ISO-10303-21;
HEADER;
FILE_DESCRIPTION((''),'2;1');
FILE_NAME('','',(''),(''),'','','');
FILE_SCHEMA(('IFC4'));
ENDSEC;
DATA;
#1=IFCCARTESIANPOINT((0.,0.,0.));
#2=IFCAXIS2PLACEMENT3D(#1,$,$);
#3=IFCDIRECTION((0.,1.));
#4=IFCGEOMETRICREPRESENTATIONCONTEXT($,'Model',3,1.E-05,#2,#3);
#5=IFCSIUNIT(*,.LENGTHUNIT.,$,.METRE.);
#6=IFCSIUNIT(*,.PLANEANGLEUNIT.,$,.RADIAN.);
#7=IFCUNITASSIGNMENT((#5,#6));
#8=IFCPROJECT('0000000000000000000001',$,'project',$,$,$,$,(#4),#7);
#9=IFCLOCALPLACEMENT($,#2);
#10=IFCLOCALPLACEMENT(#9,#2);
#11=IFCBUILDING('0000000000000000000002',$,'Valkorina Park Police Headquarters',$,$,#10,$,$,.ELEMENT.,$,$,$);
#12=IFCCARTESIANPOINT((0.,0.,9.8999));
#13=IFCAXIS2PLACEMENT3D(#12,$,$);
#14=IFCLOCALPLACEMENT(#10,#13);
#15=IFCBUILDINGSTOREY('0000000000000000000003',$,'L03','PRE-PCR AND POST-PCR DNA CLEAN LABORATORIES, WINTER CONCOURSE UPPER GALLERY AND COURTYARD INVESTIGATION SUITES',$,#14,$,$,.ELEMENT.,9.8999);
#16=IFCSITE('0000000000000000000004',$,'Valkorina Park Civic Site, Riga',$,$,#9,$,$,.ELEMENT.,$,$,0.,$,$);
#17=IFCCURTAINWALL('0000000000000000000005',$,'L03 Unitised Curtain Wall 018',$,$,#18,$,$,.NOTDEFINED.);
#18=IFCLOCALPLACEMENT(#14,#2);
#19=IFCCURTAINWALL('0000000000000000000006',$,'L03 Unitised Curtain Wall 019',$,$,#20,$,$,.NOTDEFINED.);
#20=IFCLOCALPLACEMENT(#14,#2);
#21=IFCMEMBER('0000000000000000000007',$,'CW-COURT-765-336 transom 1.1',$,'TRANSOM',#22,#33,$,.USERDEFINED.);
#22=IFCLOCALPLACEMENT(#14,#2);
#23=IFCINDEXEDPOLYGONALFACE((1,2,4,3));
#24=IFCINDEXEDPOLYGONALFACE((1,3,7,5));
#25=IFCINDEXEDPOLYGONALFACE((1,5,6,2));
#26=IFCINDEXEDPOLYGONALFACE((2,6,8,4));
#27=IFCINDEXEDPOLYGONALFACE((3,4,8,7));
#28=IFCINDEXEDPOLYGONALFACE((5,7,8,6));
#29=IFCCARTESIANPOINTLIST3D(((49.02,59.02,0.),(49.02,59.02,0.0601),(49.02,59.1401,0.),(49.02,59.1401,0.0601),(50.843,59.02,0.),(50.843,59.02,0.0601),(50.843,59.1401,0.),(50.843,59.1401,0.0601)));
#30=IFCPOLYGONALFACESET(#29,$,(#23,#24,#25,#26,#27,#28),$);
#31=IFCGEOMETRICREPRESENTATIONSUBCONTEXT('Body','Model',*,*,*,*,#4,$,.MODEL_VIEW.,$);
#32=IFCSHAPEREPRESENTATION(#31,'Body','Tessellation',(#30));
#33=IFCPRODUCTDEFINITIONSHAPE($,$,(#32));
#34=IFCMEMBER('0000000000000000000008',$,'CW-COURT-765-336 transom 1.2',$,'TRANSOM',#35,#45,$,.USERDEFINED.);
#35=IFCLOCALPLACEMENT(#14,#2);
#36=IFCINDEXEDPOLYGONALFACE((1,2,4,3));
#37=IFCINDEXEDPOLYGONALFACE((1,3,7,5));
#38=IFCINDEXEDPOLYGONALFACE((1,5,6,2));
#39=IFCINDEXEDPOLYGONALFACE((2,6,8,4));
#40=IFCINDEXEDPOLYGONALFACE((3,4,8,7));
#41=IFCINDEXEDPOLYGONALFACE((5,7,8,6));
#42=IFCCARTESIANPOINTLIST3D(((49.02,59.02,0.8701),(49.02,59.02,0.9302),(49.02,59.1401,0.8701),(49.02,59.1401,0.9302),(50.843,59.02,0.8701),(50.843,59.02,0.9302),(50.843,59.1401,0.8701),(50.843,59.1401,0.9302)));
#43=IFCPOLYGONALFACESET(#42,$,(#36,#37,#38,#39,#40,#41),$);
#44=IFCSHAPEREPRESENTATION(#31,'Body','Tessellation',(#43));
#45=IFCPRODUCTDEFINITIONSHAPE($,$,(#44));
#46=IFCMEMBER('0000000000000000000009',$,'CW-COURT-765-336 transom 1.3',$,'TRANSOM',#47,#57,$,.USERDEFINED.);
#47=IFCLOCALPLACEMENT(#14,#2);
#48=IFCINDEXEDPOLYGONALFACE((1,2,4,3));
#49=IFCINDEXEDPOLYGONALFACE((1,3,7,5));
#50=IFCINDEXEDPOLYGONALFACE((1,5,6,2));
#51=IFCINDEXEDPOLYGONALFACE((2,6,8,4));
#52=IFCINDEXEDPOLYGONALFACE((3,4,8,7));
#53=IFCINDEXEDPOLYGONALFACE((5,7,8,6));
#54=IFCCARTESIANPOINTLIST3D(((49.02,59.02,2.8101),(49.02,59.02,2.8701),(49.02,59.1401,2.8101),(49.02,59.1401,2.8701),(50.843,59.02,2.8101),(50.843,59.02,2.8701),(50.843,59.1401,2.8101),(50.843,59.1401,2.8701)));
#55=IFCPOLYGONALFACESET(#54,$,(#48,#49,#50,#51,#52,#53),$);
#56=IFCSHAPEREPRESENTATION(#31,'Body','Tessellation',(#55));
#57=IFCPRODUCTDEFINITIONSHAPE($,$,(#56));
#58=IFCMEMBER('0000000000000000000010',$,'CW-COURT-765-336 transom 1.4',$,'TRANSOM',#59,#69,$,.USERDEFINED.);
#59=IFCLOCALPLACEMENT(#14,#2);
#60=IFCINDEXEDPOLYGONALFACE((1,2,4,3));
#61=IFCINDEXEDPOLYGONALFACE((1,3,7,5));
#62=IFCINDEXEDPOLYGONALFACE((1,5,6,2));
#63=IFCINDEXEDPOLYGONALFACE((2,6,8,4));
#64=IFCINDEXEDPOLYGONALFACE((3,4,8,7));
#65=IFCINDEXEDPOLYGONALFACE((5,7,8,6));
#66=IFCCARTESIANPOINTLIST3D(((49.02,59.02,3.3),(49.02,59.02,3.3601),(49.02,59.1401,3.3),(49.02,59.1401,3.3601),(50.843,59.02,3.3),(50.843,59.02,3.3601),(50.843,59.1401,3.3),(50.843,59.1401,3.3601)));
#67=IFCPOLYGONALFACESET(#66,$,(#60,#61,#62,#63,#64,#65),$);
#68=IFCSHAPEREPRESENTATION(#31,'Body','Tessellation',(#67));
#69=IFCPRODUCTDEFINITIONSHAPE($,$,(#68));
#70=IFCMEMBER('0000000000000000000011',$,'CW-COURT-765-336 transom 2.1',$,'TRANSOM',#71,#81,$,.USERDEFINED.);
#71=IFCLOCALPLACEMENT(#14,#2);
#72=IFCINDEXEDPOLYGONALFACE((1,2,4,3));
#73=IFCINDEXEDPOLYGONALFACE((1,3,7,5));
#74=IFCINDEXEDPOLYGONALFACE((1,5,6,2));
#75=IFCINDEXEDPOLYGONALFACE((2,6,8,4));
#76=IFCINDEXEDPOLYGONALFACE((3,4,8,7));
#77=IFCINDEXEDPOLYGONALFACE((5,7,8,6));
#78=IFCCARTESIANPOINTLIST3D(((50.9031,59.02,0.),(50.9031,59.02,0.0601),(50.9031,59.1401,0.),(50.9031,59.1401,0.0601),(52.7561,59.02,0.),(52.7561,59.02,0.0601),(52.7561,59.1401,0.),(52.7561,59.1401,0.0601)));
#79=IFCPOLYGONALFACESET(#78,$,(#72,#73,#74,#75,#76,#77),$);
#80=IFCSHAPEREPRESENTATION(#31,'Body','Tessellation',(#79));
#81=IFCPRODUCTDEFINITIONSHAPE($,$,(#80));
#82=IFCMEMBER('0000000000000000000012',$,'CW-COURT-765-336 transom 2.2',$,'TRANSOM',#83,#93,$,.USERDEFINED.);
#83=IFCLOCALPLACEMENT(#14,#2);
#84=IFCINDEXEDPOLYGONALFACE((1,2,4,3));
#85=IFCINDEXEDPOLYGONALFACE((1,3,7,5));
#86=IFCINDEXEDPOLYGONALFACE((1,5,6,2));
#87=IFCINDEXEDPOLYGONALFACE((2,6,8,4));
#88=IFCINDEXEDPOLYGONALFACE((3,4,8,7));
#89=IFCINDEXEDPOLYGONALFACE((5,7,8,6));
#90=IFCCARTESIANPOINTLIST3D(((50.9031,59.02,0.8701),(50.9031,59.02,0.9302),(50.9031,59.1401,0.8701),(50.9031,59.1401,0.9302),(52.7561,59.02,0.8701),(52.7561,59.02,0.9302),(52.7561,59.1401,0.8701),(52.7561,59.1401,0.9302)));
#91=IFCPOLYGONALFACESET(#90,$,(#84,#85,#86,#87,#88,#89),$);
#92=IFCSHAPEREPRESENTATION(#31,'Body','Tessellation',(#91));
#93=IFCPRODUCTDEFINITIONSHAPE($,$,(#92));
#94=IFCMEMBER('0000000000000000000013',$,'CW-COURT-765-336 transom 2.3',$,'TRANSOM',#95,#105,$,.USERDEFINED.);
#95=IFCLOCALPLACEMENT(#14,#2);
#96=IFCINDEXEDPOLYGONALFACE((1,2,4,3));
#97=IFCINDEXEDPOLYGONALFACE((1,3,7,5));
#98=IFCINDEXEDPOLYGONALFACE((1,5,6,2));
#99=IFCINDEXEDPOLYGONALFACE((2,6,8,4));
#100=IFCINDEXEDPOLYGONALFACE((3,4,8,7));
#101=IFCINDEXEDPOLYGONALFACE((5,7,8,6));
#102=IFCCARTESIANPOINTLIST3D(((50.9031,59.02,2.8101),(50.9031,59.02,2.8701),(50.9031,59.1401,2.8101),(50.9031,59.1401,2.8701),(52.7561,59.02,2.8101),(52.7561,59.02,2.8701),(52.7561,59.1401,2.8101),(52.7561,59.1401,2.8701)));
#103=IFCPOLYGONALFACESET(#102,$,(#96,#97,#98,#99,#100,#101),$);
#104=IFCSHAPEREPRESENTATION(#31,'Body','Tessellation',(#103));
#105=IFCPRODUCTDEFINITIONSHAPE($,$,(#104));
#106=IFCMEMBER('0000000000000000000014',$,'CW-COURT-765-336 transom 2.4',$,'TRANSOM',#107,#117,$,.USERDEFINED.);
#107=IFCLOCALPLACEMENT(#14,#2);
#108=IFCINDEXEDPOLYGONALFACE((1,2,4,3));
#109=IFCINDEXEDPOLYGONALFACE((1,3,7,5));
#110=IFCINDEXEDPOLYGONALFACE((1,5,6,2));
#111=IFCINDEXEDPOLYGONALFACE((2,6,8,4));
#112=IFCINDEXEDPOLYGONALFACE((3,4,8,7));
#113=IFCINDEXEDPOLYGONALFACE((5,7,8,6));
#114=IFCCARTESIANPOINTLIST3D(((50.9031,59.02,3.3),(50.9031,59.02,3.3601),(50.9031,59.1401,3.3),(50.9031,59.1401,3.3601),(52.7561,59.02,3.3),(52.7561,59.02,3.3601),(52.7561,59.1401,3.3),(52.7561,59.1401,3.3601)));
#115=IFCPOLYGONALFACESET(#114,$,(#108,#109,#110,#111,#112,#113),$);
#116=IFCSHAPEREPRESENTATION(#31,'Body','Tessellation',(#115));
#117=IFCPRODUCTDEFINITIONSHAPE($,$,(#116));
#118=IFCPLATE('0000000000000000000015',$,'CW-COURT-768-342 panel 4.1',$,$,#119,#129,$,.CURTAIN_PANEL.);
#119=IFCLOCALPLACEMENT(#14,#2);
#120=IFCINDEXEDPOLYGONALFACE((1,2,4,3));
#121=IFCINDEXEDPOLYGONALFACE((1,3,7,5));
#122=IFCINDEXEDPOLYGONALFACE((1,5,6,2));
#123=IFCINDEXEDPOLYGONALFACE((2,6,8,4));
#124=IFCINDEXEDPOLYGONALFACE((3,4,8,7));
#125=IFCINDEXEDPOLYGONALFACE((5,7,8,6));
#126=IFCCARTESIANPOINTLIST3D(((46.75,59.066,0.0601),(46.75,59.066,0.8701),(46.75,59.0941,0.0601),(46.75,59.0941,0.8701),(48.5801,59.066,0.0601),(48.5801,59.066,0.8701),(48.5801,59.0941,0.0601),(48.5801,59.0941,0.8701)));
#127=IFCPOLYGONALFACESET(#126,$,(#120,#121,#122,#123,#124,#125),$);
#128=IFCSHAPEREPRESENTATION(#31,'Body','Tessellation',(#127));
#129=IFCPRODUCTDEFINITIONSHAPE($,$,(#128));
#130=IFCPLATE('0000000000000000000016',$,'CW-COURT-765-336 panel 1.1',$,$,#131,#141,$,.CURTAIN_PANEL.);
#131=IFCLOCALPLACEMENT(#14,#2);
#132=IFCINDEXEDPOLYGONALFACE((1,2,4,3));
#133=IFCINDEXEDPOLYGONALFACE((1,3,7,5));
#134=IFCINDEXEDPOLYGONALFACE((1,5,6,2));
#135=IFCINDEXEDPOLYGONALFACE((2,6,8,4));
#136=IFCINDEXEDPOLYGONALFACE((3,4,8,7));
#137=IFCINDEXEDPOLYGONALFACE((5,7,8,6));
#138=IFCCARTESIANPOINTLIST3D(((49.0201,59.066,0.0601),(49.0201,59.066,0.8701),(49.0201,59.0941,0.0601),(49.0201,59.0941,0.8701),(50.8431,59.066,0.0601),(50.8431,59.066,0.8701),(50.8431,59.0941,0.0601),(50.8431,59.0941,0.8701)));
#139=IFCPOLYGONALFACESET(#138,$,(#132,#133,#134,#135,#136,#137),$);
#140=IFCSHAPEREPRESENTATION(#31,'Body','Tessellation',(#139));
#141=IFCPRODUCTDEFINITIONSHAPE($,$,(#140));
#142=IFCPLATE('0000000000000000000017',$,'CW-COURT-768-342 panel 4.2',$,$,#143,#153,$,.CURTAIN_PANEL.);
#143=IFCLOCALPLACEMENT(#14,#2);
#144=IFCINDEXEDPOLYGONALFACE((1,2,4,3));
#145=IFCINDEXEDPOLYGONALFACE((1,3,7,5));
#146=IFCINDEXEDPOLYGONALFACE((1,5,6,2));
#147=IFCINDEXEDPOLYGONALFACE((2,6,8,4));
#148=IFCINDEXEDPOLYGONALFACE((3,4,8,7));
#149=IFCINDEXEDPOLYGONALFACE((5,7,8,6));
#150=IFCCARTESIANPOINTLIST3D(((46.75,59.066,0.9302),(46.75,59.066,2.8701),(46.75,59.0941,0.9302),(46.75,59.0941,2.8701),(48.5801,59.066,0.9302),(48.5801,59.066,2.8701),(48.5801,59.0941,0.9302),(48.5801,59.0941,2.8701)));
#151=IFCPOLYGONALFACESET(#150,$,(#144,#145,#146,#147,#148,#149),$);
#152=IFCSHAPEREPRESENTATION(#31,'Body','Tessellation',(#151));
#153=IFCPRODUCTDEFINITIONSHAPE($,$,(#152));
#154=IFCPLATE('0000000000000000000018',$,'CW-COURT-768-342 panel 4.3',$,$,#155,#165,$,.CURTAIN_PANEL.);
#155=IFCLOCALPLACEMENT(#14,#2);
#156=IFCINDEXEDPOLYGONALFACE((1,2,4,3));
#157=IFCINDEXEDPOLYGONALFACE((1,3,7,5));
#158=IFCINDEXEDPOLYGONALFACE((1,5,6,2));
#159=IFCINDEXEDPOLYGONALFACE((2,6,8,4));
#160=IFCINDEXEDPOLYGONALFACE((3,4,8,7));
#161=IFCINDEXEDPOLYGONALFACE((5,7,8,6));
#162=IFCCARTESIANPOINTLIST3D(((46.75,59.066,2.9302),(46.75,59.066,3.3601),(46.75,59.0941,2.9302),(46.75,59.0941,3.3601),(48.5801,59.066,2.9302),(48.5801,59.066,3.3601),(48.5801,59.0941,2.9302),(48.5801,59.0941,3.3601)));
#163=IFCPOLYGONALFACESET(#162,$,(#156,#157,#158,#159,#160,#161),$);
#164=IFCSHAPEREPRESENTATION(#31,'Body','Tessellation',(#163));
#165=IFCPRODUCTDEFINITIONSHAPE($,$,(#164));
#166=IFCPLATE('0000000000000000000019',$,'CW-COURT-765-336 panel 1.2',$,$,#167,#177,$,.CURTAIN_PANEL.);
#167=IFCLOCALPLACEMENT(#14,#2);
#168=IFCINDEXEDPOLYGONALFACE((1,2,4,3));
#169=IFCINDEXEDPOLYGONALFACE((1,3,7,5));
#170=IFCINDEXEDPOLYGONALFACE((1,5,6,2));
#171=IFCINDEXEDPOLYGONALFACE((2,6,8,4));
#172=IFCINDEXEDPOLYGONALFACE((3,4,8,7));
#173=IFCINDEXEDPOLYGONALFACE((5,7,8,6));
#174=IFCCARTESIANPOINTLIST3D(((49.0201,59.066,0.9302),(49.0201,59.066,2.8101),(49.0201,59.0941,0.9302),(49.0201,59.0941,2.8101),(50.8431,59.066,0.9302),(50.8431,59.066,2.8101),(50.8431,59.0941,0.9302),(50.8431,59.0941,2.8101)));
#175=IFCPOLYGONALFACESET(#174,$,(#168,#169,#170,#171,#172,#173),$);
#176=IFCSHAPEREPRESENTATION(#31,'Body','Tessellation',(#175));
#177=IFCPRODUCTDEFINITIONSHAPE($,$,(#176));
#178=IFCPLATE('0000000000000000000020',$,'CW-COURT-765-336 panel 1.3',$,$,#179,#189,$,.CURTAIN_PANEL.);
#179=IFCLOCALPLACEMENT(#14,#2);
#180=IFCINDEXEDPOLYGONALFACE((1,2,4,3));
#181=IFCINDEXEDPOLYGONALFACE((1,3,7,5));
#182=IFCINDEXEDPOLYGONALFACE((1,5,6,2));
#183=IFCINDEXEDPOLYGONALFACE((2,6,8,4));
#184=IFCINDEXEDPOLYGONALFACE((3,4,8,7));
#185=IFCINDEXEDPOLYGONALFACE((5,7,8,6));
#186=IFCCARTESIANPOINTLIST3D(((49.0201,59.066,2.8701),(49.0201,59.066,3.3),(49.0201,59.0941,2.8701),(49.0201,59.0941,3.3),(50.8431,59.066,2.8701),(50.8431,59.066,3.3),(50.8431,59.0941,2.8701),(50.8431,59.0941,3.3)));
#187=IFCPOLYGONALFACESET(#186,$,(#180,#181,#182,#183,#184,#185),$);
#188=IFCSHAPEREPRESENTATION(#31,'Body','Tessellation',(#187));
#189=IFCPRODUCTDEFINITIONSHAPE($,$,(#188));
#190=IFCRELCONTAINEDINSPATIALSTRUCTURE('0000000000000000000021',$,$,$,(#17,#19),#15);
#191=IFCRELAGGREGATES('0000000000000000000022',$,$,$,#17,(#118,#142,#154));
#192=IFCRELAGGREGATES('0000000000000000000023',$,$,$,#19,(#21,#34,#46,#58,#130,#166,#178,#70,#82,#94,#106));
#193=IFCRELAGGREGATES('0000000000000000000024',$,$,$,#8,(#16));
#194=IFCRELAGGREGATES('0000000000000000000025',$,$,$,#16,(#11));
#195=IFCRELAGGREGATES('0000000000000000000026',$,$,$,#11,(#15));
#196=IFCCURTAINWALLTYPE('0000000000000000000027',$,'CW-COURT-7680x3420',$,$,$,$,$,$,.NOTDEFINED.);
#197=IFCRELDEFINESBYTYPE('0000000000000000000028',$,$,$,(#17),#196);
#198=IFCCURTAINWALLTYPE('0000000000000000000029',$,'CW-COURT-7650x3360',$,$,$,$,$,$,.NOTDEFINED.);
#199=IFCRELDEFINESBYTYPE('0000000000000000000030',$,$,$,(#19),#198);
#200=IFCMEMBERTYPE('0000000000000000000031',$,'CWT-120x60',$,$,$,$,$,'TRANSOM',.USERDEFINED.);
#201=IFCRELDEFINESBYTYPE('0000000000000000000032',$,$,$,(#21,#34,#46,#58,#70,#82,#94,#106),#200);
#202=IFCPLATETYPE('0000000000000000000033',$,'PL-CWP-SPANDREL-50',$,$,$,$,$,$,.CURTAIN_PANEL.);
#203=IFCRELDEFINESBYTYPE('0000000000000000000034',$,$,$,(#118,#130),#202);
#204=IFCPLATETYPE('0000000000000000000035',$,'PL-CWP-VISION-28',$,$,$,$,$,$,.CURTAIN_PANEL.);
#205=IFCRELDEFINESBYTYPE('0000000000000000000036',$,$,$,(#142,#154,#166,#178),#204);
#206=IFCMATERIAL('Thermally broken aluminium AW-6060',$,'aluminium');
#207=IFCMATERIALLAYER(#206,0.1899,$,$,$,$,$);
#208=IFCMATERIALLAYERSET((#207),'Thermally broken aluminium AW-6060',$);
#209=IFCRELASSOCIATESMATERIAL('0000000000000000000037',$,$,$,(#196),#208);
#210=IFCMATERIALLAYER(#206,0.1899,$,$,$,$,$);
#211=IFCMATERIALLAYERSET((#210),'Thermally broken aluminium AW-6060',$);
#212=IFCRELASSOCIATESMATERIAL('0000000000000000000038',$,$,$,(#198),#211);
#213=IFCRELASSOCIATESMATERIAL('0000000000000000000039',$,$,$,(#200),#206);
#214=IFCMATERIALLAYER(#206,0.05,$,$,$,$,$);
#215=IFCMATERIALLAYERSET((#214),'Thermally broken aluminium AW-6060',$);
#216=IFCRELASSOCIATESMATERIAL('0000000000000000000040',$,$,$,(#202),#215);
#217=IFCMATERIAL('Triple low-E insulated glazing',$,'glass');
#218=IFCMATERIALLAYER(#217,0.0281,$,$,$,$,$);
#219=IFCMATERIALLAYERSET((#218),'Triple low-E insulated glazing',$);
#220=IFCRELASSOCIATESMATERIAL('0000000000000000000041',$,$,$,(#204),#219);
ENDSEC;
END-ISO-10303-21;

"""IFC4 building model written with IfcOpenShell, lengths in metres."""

from ifc_helpers import new_model, si_unit, direction, frame, origin, origin_2d, place, context, subcontext, project, spatial, rectangle, extrude, material, layer, layer_set, material_profile, profile_set, type_object, element, aggregate, save


model = new_model("IFC4")

# Units and contexts
model_context = context("Model", 3, precision=1e-05, world=origin(), true_north=direction((0.0, 1.0)))
body_context = subcontext(model_context, "Body", "Model", "MODEL_VIEW")
ifc_project = project(units=[si_unit("LENGTHUNIT", "METRE"), si_unit("PLANEANGLEUNIT", "RADIAN")], contexts=[model_context])

# Site, building, storey
site_placement = place(None, origin())
site = spatial("IfcSite", under=ifc_project, at=site_placement, Name="Valkorina Park Civic Site, Riga", CompositionType="ELEMENT", RefElevation=0.0)
building_placement = place(site_placement, origin())
building = spatial("IfcBuilding", under=site, at=building_placement, Name="Valkorina Park Police Headquarters", CompositionType="ELEMENT")
storey_placement = place(building_placement, frame((0.0, 0.0, 9.8999)))
storey = spatial("IfcBuildingStorey", under=building, at=storey_placement, Name="L03", Description="PRE-PCR AND POST-PCR DNA CLEAN LABORATORIES, WINTER CONCOURSE UPPER GALLERY AND COURTYARD INVESTIGATION SUITES", CompositionType="ELEMENT", Elevation=9.8999)

# Curtain wall
ifc_material_1 = material(Name="Thermally broken aluminium AW-6060", Category="aluminium")
ifc_layer_1 = layer(ifc_material_1, 0.1899)
ifc_layer_set_1 = layer_set([ifc_layer_1], Name="Thermally broken aluminium AW-6060")
curtain_wall_type_1 = type_object("IfcCurtainWallType", Name="CW-COURT-7680x3420", PredefinedType="NOTDEFINED", material=ifc_layer_set_1)
curtain_wall_1_placement = place(storey_placement, origin())
curtain_wall_1 = element("IfcCurtainWall", 1, at=curtain_wall_1_placement, inside=storey, type_object=curtain_wall_type_1, Name="L03 Unitised Curtain Wall 018", PredefinedType="NOTDEFINED")

# Curtain wall, members
ifc_layer_2 = layer(ifc_material_1, 0.1899)
ifc_layer_set_2 = layer_set([ifc_layer_2], Name="Thermally broken aluminium AW-6060")
curtain_wall_type_2 = type_object("IfcCurtainWallType", Name="CW-COURT-7650x3360", PredefinedType="NOTDEFINED", material=ifc_layer_set_2)
curtain_wall_2_placement = place(storey_placement, origin())
curtain_wall_2 = element("IfcCurtainWall", 2, at=curtain_wall_2_placement, inside=storey, type_object=curtain_wall_type_2, Name="L03 Unitised Curtain Wall 019", PredefinedType="NOTDEFINED")
ifc_material_profile_1 = material_profile(ifc_material_1, rectangle(XDim=0.1201, YDim=0.0601, at=origin_2d()), Name="CWT-01 120x60")
ifc_profile_set_1 = profile_set([ifc_material_profile_1], Name="Thermally broken aluminium AW-6060")
member_type_1 = type_object("IfcMemberType", Name="CWT-120x60", ElementType="TRANSOM", PredefinedType="USERDEFINED", material=ifc_profile_set_1)
member_1_placement = place(storey_placement, frame((49.02, 59.0801, 0.03), z_axis=(1.0, 0.0, 0.0), x_axis=(0.0, 1.0, 0.0)))
member_1 = element("IfcMember", 3, at=member_1_placement, type_object=member_type_1, Name="CW-COURT-765-336 transom 1.1", ObjectType="TRANSOM", PredefinedType="USERDEFINED", context=body_context, shape_type="SweptSolid", body=[
    extrude(rectangle(XDim=0.1201, YDim=0.0601, at=origin_2d()), origin(), (0.0, 0.0, 1.0), 1.823),
])
member_2_placement = place(storey_placement, frame((49.02, 59.0801, 0.9001), z_axis=(1.0, 0.0, 0.0), x_axis=(0.0, 1.0, 0.0)))
member_2 = element("IfcMember", 4, at=member_2_placement, type_object=member_type_1, Name="CW-COURT-765-336 transom 1.2", ObjectType="TRANSOM", PredefinedType="USERDEFINED", context=body_context, shape_type="SweptSolid", body=[
    extrude(rectangle(XDim=0.1201, YDim=0.0601, at=origin_2d()), origin(), (0.0, 0.0, 1.0), 1.823),
])
member_3_placement = place(storey_placement, frame((49.02, 59.0801, 2.8401), z_axis=(1.0, 0.0, 0.0), x_axis=(0.0, 1.0, 0.0)))
member_3 = element("IfcMember", 5, at=member_3_placement, type_object=member_type_1, Name="CW-COURT-765-336 transom 1.3", ObjectType="TRANSOM", PredefinedType="USERDEFINED", context=body_context, shape_type="SweptSolid", body=[
    extrude(rectangle(XDim=0.1201, YDim=0.0601, at=origin_2d()), origin(), (0.0, 0.0, 1.0), 1.823),
])
member_4_placement = place(storey_placement, frame((49.02, 59.0801, 3.3301), z_axis=(1.0, 0.0, 0.0), x_axis=(0.0, 1.0, 0.0)))
member_4 = element("IfcMember", 6, at=member_4_placement, type_object=member_type_1, Name="CW-COURT-765-336 transom 1.4", ObjectType="TRANSOM", PredefinedType="USERDEFINED", context=body_context, shape_type="SweptSolid", body=[
    extrude(rectangle(XDim=0.1201, YDim=0.0601, at=origin_2d()), origin(), (0.0, 0.0, 1.0), 1.823),
])
member_5_placement = place(storey_placement, frame((50.9031, 59.0801, 0.03), z_axis=(1.0, 0.0, 0.0), x_axis=(0.0, 1.0, 0.0)))
member_5 = element("IfcMember", 7, at=member_5_placement, type_object=member_type_1, Name="CW-COURT-765-336 transom 2.1", ObjectType="TRANSOM", PredefinedType="USERDEFINED", context=body_context, shape_type="SweptSolid", body=[
    extrude(rectangle(XDim=0.1201, YDim=0.0601, at=origin_2d()), origin(), (0.0, 0.0, 1.0), 1.853),
])
member_6_placement = place(storey_placement, frame((50.9031, 59.0801, 0.9001), z_axis=(1.0, 0.0, 0.0), x_axis=(0.0, 1.0, 0.0)))
member_6 = element("IfcMember", 8, at=member_6_placement, type_object=member_type_1, Name="CW-COURT-765-336 transom 2.2", ObjectType="TRANSOM", PredefinedType="USERDEFINED", context=body_context, shape_type="SweptSolid", body=[
    extrude(rectangle(XDim=0.1201, YDim=0.0601, at=origin_2d()), origin(), (0.0, 0.0, 1.0), 1.853),
])
member_7_placement = place(storey_placement, frame((50.9031, 59.0801, 2.8401), z_axis=(1.0, 0.0, 0.0), x_axis=(0.0, 1.0, 0.0)))
member_7 = element("IfcMember", 9, at=member_7_placement, type_object=member_type_1, Name="CW-COURT-765-336 transom 2.3", ObjectType="TRANSOM", PredefinedType="USERDEFINED", context=body_context, shape_type="SweptSolid", body=[
    extrude(rectangle(XDim=0.1201, YDim=0.0601, at=origin_2d()), origin(), (0.0, 0.0, 1.0), 1.853),
])
member_8_placement = place(storey_placement, frame((50.9031, 59.0801, 3.3301), z_axis=(1.0, 0.0, 0.0), x_axis=(0.0, 1.0, 0.0)))
member_8 = element("IfcMember", 10, at=member_8_placement, type_object=member_type_1, Name="CW-COURT-765-336 transom 2.4", ObjectType="TRANSOM", PredefinedType="USERDEFINED", context=body_context, shape_type="SweptSolid", body=[
    extrude(rectangle(XDim=0.1201, YDim=0.0601, at=origin_2d()), origin(), (0.0, 0.0, 1.0), 1.853),
])

# Plates
ifc_layer_3 = layer(ifc_material_1, 0.05)
ifc_layer_set_3 = layer_set([ifc_layer_3], Name="Thermally broken aluminium AW-6060")
plate_type_1 = type_object("IfcPlateType", Name="PL-CWP-SPANDREL-50", PredefinedType="CURTAIN_PANEL", material=ifc_layer_set_3)
plate_1_placement = place(storey_placement, frame((47.665, 59.0801, 0.0601), z_axis=(0.0, 0.0, 1.0), x_axis=(1.0, 0.0, 0.0)))
plate_1 = element("IfcPlate", 11, at=plate_1_placement, type_object=plate_type_1, Name="CW-COURT-768-342 panel 4.1", PredefinedType="CURTAIN_PANEL", context=body_context, shape_type="SweptSolid", body=[
    extrude(rectangle(XDim=1.8301, YDim=0.0281, at=origin_2d()), origin(), (0.0, 0.0, 1.0), 0.8101),
])
plate_2_placement = place(storey_placement, frame((49.9316, 59.0801, 0.0601), z_axis=(0.0, 0.0, 1.0), x_axis=(1.0, 0.0, 0.0)))
plate_2 = element("IfcPlate", 12, at=plate_2_placement, type_object=plate_type_1, Name="CW-COURT-765-336 panel 1.1", PredefinedType="CURTAIN_PANEL", context=body_context, shape_type="SweptSolid", body=[
    extrude(rectangle(XDim=1.823, YDim=0.0281, at=origin_2d()), origin(), (0.0, 0.0, 1.0), 0.8101),
])
ifc_material_2 = material(Name="Triple low-E insulated glazing", Category="glass")
ifc_layer_4 = layer(ifc_material_2, 0.0281)
ifc_layer_set_4 = layer_set([ifc_layer_4], Name="Triple low-E insulated glazing")
plate_type_2 = type_object("IfcPlateType", Name="PL-CWP-VISION-28", PredefinedType="CURTAIN_PANEL", material=ifc_layer_set_4)
plate_3_placement = place(storey_placement, frame((47.665, 59.0801, 0.9302), z_axis=(0.0, 0.0, 1.0), x_axis=(1.0, 0.0, 0.0)))
plate_3 = element("IfcPlate", 13, at=plate_3_placement, type_object=plate_type_2, Name="CW-COURT-768-342 panel 4.2", PredefinedType="CURTAIN_PANEL", context=body_context, shape_type="SweptSolid", body=[
    extrude(rectangle(XDim=1.8301, YDim=0.0281, at=origin_2d()), origin(), (0.0, 0.0, 1.0), 1.9399),
])
plate_4_placement = place(storey_placement, frame((47.665, 59.0801, 2.9302), z_axis=(0.0, 0.0, 1.0), x_axis=(1.0, 0.0, 0.0)))
plate_4 = element("IfcPlate", 14, at=plate_4_placement, type_object=plate_type_2, Name="CW-COURT-768-342 panel 4.3", PredefinedType="CURTAIN_PANEL", context=body_context, shape_type="SweptSolid", body=[
    extrude(rectangle(XDim=1.8301, YDim=0.0281, at=origin_2d()), origin(), (0.0, 0.0, 1.0), 0.4299),
])
aggregate(curtain_wall_1, [plate_1, plate_3, plate_4])
plate_5_placement = place(storey_placement, frame((49.9316, 59.0801, 0.9302), z_axis=(0.0, 0.0, 1.0), x_axis=(1.0, 0.0, 0.0)))
plate_5 = element("IfcPlate", 15, at=plate_5_placement, type_object=plate_type_2, Name="CW-COURT-765-336 panel 1.2", PredefinedType="CURTAIN_PANEL", context=body_context, shape_type="SweptSolid", body=[
    extrude(rectangle(XDim=1.823, YDim=0.0281, at=origin_2d()), origin(), (0.0, 0.0, 1.0), 1.8799),
])
plate_6_placement = place(storey_placement, frame((49.9316, 59.0801, 2.8701), z_axis=(0.0, 0.0, 1.0), x_axis=(1.0, 0.0, 0.0)))
plate_6 = element("IfcPlate", 16, at=plate_6_placement, type_object=plate_type_2, Name="CW-COURT-765-336 panel 1.3", PredefinedType="CURTAIN_PANEL", context=body_context, shape_type="SweptSolid", body=[
    extrude(rectangle(XDim=1.823, YDim=0.0281, at=origin_2d()), origin(), (0.0, 0.0, 1.0), 0.4299),
])
aggregate(curtain_wall_2, [member_1, member_2, member_3, member_4, plate_2, plate_5, plate_6, member_5, member_6, member_7, member_8])

save(model, "model.ifc")
